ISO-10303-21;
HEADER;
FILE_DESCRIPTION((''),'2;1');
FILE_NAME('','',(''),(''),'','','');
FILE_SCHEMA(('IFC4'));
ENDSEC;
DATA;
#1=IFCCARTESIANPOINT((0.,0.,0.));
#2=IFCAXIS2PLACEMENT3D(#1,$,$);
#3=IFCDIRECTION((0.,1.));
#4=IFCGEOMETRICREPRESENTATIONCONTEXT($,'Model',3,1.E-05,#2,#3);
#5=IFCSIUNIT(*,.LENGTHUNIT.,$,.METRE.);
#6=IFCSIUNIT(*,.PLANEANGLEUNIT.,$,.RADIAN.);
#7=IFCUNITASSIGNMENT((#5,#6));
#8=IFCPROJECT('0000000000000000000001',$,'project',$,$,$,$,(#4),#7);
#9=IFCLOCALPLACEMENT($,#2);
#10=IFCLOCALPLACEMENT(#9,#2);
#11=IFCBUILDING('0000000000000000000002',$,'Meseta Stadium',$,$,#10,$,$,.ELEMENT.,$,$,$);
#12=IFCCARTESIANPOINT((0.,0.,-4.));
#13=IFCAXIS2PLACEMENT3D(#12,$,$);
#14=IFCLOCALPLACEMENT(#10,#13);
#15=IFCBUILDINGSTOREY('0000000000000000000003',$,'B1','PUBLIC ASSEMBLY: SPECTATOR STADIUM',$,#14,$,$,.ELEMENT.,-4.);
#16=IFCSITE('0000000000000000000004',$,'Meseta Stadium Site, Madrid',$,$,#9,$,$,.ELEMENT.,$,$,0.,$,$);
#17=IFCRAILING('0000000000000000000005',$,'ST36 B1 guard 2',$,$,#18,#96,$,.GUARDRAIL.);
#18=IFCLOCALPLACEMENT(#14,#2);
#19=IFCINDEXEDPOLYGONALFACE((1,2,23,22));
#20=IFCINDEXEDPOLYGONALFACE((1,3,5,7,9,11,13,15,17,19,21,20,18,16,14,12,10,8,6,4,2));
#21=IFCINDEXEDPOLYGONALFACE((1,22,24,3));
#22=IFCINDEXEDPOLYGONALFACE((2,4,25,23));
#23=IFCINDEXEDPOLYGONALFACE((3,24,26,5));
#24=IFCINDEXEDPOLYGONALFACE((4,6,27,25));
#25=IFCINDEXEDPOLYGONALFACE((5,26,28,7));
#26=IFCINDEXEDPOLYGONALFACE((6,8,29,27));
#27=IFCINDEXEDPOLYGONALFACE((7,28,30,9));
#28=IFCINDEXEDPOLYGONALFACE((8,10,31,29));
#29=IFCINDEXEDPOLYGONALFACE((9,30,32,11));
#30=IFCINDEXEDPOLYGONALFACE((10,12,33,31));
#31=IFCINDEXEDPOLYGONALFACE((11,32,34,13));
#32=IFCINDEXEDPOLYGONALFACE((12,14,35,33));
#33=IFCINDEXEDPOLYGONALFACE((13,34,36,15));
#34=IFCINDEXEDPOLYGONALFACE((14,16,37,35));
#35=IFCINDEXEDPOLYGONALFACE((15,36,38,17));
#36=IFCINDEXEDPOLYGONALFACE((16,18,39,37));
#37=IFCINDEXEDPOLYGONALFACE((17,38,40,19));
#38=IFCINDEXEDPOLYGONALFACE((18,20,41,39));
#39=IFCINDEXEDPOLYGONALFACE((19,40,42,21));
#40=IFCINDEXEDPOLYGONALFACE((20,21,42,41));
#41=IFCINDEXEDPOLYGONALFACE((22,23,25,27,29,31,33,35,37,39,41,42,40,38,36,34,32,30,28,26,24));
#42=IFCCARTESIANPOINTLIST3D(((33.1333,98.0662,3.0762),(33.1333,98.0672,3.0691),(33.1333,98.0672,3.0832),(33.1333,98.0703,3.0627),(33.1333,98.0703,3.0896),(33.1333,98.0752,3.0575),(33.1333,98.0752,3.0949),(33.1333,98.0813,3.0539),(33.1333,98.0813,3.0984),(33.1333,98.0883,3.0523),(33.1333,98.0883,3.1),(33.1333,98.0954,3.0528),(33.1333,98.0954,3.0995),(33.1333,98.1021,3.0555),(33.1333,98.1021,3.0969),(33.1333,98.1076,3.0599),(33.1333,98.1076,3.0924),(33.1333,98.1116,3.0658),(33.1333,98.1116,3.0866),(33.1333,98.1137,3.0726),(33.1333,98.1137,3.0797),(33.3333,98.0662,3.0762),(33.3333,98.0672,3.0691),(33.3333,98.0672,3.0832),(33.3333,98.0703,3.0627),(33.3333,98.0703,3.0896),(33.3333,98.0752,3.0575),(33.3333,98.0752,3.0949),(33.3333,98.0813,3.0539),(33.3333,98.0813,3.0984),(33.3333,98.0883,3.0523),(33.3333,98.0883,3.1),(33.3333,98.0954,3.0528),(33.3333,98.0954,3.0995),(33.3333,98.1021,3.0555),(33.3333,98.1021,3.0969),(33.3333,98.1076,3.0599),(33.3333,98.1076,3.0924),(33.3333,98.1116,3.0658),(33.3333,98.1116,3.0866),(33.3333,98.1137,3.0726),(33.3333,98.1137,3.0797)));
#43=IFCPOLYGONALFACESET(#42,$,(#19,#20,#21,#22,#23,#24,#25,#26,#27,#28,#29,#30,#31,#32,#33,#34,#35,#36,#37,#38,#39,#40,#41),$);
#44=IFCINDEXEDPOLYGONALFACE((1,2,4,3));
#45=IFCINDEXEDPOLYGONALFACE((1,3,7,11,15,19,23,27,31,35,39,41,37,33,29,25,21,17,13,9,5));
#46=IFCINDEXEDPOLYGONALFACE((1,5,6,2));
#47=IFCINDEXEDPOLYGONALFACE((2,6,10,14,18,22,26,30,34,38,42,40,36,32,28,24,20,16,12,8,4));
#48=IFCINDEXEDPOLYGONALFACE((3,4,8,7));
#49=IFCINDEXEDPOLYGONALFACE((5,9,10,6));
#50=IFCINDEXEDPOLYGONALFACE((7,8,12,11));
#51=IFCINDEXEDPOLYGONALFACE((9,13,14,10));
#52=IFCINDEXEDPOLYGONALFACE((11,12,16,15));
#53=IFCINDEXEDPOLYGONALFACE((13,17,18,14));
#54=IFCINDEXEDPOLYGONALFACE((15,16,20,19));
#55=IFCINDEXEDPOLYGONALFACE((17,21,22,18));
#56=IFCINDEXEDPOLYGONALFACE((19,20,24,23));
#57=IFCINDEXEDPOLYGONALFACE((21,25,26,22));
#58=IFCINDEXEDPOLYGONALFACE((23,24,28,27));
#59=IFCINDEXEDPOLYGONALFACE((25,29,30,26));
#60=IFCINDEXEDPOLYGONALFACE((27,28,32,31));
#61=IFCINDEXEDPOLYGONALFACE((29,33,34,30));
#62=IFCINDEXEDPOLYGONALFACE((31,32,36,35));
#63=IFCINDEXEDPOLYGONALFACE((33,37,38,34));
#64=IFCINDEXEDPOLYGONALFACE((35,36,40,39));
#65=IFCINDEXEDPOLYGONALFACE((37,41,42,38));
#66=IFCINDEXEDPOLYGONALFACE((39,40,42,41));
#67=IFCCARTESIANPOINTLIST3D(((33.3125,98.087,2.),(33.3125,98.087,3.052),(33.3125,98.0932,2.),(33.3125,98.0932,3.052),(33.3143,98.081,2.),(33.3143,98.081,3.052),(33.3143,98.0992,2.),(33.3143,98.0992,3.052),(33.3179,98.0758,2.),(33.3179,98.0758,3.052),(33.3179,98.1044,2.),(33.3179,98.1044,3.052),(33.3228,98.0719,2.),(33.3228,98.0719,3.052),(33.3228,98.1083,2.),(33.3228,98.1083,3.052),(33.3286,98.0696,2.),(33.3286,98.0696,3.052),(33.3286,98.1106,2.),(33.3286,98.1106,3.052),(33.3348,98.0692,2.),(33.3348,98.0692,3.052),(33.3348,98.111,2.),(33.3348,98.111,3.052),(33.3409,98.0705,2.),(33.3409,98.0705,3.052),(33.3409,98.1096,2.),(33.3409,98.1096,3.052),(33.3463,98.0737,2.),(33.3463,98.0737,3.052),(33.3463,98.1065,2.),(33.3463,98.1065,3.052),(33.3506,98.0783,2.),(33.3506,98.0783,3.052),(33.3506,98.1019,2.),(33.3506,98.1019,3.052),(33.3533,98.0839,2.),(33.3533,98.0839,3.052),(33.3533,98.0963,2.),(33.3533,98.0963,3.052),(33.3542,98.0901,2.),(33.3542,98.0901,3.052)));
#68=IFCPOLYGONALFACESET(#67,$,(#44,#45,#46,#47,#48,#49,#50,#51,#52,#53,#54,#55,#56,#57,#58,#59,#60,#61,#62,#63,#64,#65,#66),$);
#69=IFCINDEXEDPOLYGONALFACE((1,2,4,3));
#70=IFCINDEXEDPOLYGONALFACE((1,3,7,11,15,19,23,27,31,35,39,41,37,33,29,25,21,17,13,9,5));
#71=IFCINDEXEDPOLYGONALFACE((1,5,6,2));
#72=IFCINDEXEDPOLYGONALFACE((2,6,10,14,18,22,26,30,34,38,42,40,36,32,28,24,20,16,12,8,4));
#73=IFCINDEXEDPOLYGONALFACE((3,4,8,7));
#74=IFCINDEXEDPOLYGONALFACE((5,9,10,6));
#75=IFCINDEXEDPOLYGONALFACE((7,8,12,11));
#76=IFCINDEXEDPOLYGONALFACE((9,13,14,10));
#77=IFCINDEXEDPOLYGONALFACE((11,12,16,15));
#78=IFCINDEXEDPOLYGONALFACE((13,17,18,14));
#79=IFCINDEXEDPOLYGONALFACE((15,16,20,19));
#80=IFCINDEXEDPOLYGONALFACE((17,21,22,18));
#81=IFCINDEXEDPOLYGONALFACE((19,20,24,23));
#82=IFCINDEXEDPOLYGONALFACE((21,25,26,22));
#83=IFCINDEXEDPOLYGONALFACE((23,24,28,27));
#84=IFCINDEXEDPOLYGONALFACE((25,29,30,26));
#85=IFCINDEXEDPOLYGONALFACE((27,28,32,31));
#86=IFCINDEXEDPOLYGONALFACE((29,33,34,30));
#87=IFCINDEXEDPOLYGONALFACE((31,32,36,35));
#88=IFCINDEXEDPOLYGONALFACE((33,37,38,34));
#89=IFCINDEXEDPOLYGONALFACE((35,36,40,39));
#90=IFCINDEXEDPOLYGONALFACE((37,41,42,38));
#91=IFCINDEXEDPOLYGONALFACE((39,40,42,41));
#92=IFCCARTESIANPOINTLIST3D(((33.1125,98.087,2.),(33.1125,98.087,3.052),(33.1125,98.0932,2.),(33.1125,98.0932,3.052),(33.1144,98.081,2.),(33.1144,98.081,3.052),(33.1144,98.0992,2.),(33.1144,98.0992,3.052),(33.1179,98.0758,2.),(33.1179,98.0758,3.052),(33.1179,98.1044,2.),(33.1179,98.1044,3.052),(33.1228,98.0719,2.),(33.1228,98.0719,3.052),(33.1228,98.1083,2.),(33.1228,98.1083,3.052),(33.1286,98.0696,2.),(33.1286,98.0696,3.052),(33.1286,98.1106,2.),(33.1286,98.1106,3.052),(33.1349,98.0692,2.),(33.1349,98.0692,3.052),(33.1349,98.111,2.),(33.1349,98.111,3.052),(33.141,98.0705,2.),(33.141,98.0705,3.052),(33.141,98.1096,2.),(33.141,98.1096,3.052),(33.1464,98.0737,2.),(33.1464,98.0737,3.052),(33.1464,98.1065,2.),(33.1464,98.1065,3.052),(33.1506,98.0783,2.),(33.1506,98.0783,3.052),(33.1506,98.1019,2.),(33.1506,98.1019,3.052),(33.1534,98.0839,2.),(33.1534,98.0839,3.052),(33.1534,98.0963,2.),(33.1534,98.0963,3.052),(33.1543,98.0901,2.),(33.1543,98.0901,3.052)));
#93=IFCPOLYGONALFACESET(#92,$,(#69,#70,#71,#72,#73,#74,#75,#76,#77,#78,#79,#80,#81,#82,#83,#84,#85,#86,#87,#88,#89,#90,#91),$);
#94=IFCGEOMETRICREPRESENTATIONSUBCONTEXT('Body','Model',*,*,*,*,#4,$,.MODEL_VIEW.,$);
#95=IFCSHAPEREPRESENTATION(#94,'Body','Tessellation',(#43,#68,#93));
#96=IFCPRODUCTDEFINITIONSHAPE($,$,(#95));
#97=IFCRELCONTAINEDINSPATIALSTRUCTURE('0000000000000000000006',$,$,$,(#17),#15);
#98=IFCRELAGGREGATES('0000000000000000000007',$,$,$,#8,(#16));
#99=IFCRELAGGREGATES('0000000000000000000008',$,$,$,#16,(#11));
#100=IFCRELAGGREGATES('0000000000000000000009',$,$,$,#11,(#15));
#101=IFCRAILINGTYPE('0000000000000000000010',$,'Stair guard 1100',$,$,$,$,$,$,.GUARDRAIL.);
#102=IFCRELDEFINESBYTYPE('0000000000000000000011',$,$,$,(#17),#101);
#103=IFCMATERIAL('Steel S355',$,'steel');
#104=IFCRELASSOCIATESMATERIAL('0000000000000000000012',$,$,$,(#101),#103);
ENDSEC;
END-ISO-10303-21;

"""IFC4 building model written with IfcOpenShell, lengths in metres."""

from ifc_helpers import new_model, si_unit, direction, frame, origin, origin_2d, place, context, subcontext, project, spatial, circle, extrude, material, type_object, element, save


model = new_model("IFC4")

# Units and contexts
model_context = context("Model", 3, precision=1e-05, world=origin(), true_north=direction((0.0, 1.0)))
body_context = subcontext(model_context, "Body", "Model", "MODEL_VIEW")
ifc_project = project(units=[si_unit("LENGTHUNIT", "METRE"), si_unit("PLANEANGLEUNIT", "RADIAN")], contexts=[model_context])

# Site, building, storey
site_placement = place(None, origin())
site = spatial("IfcSite", under=ifc_project, at=site_placement, Name="Meseta Stadium Site, Madrid", CompositionType="ELEMENT", RefElevation=0.0)
building_placement = place(site_placement, origin())
building = spatial("IfcBuilding", under=site, at=building_placement, Name="Meseta Stadium", CompositionType="ELEMENT")
storey_placement = place(building_placement, frame((0.0, 0.0, -4.0)))
storey = spatial("IfcBuildingStorey", under=building, at=storey_placement, Name="B1", Description="PUBLIC ASSEMBLY: SPECTATOR STADIUM", CompositionType="ELEMENT", Elevation=-4.0)

# Railing
ifc_material_1 = material(Name="Steel S355", Category="steel")
railing_type_1 = type_object("IfcRailingType", Name="Stair guard 1100", PredefinedType="GUARDRAIL", material=ifc_material_1)
railing_1_placement = place(storey_placement, frame((33.3333, 98.0901, 2.0)))
element("IfcRailing", 1, at=railing_1_placement, inside=storey, type_object=railing_type_1, Name="ST36 B1 guard 2", PredefinedType="GUARDRAIL", context=body_context, shape_type="SweptSolid", body=[
    extrude(circle(Radius=0.0239, at=origin_2d()), frame((0.0, 0.0, 1.0762), z_axis=(-1.0, 0.0, 0.0), x_axis=(0.0, -1.0, 0.0)), (0.0, 0.0, 1.0), 0.2),
    extrude(circle(Radius=0.021, at=origin_2d()), origin(), (0.0, 0.0, 1.0), 1.052),
    extrude(circle(Radius=0.021, at=origin_2d()), frame((-0.2, 0.0, 0.0)), (0.0, 0.0, 1.0), 1.052),
])

save(model, "model.ifc")
